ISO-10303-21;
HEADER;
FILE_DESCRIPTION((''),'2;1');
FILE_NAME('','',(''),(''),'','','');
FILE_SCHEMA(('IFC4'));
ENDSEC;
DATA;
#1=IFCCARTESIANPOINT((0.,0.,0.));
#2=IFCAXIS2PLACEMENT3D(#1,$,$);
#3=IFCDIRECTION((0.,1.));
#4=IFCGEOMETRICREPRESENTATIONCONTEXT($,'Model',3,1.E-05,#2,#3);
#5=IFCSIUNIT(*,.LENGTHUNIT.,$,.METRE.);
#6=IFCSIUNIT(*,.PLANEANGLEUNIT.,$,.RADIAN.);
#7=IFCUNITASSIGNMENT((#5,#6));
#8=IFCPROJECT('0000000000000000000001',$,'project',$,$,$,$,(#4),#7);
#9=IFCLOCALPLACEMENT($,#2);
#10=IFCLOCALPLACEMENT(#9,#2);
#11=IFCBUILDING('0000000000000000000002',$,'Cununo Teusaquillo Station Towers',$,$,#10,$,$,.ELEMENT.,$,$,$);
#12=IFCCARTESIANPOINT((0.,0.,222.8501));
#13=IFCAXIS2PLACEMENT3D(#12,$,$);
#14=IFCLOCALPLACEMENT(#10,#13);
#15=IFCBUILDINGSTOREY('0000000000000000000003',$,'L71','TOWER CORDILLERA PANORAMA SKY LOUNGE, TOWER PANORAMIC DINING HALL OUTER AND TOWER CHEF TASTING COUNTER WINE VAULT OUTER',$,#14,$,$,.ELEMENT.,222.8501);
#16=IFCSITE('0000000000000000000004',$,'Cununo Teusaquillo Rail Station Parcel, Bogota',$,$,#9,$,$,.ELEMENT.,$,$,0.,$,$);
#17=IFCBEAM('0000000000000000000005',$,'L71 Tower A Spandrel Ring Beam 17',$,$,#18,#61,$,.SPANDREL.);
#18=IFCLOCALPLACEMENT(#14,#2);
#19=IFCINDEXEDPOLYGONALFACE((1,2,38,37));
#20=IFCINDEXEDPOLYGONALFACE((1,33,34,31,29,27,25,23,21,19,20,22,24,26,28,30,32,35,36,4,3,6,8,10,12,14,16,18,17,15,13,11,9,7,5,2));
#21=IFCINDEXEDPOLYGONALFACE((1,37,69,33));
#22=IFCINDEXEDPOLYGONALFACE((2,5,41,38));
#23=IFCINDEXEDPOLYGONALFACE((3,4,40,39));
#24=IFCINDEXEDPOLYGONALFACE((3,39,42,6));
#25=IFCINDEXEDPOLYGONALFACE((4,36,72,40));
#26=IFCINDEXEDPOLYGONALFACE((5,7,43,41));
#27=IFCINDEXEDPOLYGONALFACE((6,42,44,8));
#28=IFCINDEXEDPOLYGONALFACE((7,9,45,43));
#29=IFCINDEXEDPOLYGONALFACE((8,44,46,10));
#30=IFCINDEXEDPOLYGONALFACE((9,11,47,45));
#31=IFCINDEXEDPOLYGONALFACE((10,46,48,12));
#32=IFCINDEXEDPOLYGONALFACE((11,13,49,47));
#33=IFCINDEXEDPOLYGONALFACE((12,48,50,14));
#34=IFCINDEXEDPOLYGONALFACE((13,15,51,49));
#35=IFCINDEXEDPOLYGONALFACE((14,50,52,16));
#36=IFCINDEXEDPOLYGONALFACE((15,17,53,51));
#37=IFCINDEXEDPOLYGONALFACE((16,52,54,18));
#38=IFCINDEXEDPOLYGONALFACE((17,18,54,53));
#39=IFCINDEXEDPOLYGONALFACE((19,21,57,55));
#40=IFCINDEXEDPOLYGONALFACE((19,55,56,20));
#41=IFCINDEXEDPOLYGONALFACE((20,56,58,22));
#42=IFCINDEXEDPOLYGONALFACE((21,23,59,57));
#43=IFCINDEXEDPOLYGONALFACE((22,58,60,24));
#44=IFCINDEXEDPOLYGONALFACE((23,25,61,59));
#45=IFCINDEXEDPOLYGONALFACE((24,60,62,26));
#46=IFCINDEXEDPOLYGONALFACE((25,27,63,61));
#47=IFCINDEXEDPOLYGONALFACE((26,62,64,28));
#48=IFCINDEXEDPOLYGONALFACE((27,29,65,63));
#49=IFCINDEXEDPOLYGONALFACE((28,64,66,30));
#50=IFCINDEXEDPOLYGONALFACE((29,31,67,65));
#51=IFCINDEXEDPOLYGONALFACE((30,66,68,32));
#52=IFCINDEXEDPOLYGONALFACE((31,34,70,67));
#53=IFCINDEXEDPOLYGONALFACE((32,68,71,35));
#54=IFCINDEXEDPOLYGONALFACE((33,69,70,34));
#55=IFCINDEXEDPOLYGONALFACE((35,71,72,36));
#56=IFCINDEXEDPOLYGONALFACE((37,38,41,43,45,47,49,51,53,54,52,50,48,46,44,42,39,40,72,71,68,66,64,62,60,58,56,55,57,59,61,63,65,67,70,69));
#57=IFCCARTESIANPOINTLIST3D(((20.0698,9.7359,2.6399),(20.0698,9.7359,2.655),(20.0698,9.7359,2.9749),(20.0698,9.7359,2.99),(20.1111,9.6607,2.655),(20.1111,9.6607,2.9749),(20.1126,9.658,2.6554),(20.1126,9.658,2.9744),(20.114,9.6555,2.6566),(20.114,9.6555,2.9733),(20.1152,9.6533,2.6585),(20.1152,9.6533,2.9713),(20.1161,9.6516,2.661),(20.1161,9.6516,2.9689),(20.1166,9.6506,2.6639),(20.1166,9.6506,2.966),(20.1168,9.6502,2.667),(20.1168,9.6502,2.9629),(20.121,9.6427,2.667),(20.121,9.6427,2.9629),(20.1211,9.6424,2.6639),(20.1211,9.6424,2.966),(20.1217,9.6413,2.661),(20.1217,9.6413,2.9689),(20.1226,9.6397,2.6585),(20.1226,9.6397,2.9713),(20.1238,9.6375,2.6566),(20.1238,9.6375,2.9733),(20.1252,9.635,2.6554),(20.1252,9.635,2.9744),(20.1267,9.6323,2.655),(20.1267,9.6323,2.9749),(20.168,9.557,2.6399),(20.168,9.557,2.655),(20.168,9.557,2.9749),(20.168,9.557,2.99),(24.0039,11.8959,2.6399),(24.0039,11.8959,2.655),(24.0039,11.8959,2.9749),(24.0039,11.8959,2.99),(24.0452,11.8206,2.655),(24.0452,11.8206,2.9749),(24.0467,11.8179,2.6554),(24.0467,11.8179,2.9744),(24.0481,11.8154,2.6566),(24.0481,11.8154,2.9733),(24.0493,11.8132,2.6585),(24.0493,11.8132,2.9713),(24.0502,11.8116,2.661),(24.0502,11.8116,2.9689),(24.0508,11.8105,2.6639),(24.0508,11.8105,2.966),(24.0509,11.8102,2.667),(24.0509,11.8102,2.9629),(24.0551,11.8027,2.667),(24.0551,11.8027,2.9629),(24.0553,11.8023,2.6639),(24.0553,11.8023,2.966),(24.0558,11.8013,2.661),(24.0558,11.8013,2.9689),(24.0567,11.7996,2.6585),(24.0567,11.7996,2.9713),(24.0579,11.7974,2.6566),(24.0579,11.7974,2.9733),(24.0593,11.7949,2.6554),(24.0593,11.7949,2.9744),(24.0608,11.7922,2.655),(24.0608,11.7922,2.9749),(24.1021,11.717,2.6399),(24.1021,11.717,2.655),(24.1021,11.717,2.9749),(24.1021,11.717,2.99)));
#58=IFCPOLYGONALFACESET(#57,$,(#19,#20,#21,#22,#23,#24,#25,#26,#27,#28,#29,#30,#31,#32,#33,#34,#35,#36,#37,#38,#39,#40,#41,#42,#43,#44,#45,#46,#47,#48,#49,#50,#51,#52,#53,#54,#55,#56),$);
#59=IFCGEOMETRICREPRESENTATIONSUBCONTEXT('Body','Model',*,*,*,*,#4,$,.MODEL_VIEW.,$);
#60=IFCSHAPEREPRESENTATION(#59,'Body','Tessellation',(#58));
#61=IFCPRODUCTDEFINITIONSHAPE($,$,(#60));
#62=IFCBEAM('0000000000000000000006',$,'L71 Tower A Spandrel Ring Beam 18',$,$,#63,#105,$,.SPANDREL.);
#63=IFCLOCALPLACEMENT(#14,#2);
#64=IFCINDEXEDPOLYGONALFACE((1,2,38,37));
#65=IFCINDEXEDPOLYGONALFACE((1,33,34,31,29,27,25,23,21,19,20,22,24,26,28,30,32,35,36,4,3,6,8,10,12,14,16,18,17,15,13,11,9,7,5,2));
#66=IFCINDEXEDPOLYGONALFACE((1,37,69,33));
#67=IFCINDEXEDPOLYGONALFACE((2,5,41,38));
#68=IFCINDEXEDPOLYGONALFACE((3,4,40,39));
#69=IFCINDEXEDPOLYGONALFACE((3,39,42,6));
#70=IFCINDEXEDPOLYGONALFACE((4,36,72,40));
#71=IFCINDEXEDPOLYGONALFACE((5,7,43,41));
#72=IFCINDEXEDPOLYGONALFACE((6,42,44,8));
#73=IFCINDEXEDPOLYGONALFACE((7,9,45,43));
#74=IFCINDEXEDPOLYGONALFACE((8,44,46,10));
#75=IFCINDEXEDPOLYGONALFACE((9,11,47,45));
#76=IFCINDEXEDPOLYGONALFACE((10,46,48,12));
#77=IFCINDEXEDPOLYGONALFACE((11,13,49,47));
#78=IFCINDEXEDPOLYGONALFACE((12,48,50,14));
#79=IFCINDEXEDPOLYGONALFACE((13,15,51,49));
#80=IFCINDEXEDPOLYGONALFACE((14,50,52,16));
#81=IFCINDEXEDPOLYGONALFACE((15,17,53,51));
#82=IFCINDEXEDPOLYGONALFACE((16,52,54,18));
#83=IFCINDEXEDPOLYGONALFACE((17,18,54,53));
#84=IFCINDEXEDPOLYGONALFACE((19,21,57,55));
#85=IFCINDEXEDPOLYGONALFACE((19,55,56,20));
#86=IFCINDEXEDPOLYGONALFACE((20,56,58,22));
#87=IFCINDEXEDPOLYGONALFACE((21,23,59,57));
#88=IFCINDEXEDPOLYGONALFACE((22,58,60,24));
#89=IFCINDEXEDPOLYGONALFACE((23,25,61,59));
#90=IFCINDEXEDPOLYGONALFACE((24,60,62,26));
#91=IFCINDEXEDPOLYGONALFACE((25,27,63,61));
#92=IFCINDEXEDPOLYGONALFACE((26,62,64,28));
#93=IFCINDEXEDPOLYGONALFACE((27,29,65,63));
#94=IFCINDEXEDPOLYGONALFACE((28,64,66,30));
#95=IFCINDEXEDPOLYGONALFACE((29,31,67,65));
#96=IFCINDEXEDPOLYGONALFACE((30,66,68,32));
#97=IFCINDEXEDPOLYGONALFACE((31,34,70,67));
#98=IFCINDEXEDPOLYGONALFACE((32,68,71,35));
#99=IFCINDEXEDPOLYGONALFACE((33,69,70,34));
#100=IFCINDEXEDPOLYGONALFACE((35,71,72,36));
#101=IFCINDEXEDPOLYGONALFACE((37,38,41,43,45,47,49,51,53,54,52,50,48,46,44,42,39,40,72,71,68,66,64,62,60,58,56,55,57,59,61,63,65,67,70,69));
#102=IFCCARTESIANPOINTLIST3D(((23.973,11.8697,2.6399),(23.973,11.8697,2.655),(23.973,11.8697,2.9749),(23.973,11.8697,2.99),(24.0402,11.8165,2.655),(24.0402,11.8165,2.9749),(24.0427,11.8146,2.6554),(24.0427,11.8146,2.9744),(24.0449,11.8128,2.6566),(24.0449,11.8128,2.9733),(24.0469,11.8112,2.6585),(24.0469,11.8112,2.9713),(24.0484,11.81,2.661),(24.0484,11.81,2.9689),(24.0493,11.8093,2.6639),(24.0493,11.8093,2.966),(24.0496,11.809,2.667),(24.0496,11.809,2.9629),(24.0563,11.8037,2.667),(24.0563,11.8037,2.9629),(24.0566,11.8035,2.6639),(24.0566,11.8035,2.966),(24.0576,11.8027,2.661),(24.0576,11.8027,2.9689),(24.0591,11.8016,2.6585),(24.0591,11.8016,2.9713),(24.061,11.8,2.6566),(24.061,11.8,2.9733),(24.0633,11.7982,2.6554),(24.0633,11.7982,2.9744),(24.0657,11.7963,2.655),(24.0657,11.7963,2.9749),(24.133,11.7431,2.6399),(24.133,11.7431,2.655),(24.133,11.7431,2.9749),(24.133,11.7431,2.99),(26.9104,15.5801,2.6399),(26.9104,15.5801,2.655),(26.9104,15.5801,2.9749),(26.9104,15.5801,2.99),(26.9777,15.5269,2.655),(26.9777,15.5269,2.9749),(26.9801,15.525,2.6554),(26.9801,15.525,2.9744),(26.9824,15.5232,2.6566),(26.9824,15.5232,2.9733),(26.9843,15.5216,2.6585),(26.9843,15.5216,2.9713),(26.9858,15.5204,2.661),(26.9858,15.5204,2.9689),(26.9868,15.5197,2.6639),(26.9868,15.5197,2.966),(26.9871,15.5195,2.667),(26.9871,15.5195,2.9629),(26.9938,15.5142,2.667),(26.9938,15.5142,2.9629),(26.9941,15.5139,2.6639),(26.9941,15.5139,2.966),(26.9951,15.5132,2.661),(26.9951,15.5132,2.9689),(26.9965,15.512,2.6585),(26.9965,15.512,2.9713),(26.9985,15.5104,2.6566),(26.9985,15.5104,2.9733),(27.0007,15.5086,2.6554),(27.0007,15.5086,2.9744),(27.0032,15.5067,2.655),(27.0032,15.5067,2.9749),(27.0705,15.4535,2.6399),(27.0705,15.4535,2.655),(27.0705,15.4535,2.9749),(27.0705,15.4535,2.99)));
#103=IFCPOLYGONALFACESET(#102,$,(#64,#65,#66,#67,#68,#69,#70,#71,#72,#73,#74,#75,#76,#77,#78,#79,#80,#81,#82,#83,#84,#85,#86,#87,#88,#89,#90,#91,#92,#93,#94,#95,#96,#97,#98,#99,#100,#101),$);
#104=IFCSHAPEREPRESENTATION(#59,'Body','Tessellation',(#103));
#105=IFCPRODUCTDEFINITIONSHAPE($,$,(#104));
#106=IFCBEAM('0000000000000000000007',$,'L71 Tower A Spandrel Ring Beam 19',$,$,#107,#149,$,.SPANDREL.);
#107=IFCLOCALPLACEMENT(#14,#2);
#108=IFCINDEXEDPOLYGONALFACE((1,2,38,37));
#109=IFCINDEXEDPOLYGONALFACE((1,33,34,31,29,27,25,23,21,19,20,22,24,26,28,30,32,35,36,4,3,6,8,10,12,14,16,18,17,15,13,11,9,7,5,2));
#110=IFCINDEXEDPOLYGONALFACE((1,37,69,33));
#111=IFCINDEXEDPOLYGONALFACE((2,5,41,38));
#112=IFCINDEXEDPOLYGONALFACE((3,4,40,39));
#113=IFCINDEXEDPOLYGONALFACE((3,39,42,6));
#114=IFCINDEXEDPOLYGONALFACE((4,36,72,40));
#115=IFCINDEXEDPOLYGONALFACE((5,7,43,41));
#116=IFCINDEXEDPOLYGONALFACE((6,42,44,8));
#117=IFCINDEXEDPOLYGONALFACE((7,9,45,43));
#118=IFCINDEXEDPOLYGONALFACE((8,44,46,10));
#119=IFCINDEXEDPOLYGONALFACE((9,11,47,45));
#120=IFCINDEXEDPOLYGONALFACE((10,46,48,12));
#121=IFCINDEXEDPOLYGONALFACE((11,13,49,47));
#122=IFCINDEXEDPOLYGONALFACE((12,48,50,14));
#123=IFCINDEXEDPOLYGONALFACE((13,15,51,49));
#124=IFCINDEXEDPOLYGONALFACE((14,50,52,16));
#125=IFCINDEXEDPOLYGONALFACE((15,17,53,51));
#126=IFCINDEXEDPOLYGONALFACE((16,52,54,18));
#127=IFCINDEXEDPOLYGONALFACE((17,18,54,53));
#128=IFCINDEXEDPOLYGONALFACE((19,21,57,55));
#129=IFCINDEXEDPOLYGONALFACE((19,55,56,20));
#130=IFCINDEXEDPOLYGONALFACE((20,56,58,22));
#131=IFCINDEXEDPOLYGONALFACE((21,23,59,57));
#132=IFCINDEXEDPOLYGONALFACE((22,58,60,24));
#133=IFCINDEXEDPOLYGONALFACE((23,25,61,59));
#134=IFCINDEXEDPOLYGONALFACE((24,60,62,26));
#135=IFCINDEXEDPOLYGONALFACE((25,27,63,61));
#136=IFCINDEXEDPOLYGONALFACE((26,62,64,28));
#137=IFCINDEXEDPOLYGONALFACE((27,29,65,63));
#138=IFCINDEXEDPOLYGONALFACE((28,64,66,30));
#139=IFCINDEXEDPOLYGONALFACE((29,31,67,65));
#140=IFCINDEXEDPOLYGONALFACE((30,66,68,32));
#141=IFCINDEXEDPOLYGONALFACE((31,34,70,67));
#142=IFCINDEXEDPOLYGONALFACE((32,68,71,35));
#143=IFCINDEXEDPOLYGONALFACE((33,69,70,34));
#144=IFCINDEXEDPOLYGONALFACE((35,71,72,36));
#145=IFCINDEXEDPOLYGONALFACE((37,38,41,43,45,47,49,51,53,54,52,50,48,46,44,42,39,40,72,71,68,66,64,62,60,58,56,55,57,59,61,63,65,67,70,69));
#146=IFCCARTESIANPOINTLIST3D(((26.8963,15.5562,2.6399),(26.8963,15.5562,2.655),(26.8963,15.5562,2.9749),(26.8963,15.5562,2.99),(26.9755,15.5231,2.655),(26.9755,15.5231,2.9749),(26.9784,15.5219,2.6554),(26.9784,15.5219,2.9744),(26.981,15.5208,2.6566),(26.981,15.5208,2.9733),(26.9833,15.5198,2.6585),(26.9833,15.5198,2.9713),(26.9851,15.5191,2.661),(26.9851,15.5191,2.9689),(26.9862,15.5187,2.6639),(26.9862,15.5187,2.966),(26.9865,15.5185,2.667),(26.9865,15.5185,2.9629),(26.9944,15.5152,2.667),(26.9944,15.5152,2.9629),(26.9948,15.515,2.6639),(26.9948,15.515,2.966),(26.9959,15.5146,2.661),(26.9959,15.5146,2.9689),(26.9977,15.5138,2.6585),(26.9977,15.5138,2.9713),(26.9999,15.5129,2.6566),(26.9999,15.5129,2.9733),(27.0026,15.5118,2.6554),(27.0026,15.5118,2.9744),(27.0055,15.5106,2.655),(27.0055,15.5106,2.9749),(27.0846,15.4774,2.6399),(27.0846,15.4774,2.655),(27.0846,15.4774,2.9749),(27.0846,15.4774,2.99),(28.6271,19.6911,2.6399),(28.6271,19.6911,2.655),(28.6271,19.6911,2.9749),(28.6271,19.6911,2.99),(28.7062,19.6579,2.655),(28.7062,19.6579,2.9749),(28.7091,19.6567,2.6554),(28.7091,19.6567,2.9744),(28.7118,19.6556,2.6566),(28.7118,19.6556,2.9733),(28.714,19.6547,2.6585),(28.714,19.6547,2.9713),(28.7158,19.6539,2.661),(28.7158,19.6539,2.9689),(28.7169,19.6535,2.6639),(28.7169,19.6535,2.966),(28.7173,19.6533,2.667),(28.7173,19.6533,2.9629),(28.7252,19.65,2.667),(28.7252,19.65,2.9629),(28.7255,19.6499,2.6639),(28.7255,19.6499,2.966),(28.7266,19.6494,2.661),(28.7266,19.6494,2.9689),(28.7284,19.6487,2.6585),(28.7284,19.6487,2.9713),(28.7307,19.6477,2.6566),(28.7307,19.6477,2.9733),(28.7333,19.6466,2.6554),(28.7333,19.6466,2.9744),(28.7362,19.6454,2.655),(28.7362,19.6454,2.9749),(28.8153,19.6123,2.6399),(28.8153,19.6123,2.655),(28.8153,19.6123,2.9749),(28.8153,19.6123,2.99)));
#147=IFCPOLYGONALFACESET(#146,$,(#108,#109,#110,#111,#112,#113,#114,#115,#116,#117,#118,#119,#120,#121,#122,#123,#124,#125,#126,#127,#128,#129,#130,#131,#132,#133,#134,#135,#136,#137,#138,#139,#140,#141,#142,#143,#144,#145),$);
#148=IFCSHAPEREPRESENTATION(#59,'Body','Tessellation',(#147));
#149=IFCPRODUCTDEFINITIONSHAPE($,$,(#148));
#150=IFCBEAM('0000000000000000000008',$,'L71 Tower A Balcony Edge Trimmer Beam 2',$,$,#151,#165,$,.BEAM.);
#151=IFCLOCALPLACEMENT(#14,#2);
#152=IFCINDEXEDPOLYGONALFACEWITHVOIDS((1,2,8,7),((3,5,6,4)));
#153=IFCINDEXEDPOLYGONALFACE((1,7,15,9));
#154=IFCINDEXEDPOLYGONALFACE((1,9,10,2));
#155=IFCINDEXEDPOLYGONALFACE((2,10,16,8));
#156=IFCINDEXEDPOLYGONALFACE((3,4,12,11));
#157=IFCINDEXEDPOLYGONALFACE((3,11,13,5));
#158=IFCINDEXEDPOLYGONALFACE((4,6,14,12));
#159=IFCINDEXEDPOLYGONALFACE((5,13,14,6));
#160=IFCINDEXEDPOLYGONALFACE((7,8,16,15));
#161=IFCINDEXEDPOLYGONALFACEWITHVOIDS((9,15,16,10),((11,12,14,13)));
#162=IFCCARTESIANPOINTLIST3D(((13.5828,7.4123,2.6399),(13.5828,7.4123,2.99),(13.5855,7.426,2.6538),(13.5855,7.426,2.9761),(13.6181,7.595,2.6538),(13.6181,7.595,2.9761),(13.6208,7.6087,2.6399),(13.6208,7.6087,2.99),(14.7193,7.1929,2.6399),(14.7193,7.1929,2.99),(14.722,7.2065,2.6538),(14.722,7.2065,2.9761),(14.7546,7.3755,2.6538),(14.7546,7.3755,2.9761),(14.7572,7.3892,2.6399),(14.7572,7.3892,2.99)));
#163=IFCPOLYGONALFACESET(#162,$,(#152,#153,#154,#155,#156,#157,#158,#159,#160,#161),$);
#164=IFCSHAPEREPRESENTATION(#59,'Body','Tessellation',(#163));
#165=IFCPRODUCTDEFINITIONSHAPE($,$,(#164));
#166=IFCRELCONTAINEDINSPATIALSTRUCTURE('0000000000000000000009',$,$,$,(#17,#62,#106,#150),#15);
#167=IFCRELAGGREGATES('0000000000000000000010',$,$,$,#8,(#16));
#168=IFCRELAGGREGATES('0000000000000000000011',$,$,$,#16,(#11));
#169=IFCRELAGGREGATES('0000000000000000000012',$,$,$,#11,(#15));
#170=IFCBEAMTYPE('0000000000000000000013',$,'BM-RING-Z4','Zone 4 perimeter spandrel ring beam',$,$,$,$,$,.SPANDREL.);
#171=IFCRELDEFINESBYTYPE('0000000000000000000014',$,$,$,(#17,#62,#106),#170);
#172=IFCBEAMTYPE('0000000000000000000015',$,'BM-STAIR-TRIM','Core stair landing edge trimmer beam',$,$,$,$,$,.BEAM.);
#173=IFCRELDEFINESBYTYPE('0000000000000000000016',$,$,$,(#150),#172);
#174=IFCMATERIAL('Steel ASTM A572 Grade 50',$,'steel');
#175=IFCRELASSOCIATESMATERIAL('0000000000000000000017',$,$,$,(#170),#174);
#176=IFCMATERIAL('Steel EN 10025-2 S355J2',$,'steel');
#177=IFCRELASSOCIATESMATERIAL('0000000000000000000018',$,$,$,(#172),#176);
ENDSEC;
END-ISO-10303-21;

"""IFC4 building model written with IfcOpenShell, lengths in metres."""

from ifc_helpers import new_model, si_unit, direction, frame, origin, origin_2d, place, context, subcontext, project, spatial, hollow_rectangle, i_section, extrude, material, material_profile, profile_set, type_object, element, save


model = new_model("IFC4")

# Units and contexts
model_context = context("Model", 3, precision=1e-05, world=origin(), true_north=direction((0.0, 1.0)))
body_context = subcontext(model_context, "Body", "Model", "MODEL_VIEW")
ifc_project = project(units=[si_unit("LENGTHUNIT", "METRE"), si_unit("PLANEANGLEUNIT", "RADIAN")], contexts=[model_context])

# Site, building, storey
site_placement = place(None, origin())
site = spatial("IfcSite", under=ifc_project, at=site_placement, Name="Cununo Teusaquillo Rail Station Parcel, Bogota", CompositionType="ELEMENT", RefElevation=0.0)
building_placement = place(site_placement, origin())
building = spatial("IfcBuilding", under=site, at=building_placement, Name="Cununo Teusaquillo Station Towers", CompositionType="ELEMENT")
storey_placement = place(building_placement, frame((0.0, 0.0, 222.8501)))
storey = spatial("IfcBuildingStorey", under=building, at=storey_placement, Name="L71", Description="TOWER CORDILLERA PANORAMA SKY LOUNGE, TOWER PANORAMIC DINING HALL OUTER AND TOWER CHEF TASTING COUNTER WINE VAULT OUTER", CompositionType="ELEMENT", Elevation=222.8501)

# Beams
ifc_material_1 = material(Name="Steel ASTM A572 Grade 50", Category="steel")
ifc_material_profile_1 = material_profile(ifc_material_1, i_section(OverallWidth=0.2041, OverallDepth=0.3501, WebThickness=0.0085, FlangeThickness=0.0151, FilletRadius=0.012, at=origin_2d()), Name="W14X48")
ifc_profile_set_1 = profile_set([ifc_material_profile_1], Name="Steel ASTM A572 Grade 50")
beam_type_1 = type_object("IfcBeamType", Name="BM-RING-Z4", Description="Zone 4 perimeter spandrel ring beam", PredefinedType="SPANDREL", material=ifc_profile_set_1)
beam_1_placement = place(storey_placement, frame((20.1189, 9.6465, 2.8149), z_axis=(0.876576, 0.481263, 0.0), x_axis=(-0.481263, 0.876576, 0.0)))
element("IfcBeam", 1, at=beam_1_placement, inside=storey, type_object=beam_type_1, Name="L71 Tower A Spandrel Ring Beam 17", PredefinedType="SPANDREL", context=body_context, shape_type="SweptSolid", body=[
    extrude(i_section(OverallWidth=0.2041, OverallDepth=0.3501, WebThickness=0.0085, FlangeThickness=0.0151, FilletRadius=0.012, at=origin_2d()), origin(), (0.0, 0.0, 1.0), 4.488),
])
beam_2_placement = place(storey_placement, frame((24.053, 11.8064, 2.8149), z_axis=(0.620711, 0.78404, 0.0), x_axis=(-0.78404, 0.620711, 0.0)))
element("IfcBeam", 2, at=beam_2_placement, inside=storey, type_object=beam_type_1, Name="L71 Tower A Spandrel Ring Beam 18", PredefinedType="SPANDREL", context=body_context, shape_type="SweptSolid", body=[
    extrude(i_section(OverallWidth=0.2041, OverallDepth=0.3501, WebThickness=0.0085, FlangeThickness=0.0151, FilletRadius=0.012, at=origin_2d()), origin(), (0.0, 0.0, 1.0), 4.7324),
])
beam_3_placement = place(storey_placement, frame((26.9905, 15.5168, 2.8149), z_axis=(0.386115, 0.92245, 0.0), x_axis=(-0.92245, 0.386115, 0.0)))
element("IfcBeam", 3, at=beam_3_placement, inside=storey, type_object=beam_type_1, Name="L71 Tower A Spandrel Ring Beam 19", PredefinedType="SPANDREL", context=body_context, shape_type="SweptSolid", body=[
    extrude(i_section(OverallWidth=0.2041, OverallDepth=0.3501, WebThickness=0.0085, FlangeThickness=0.0151, FilletRadius=0.012, at=origin_2d()), origin(), (0.0, 0.0, 1.0), 4.4824),
])
ifc_material_2 = material(Name="Steel EN 10025-2 S355J2", Category="steel")
ifc_material_profile_2 = material_profile(ifc_material_2, hollow_rectangle(XDim=0.2, YDim=0.3501, WallThickness=0.0139, at=origin_2d()), Name="RHS 350x200x14")
ifc_profile_set_2 = profile_set([ifc_material_profile_2], Name="Steel EN 10025-2 S355J2")
beam_type_2 = type_object("IfcBeamType", Name="BM-STAIR-TRIM", Description="Core stair landing edge trimmer beam", PredefinedType="BEAM", material=ifc_profile_set_2)
beam_4_placement = place(storey_placement, frame((13.6018, 7.5105, 2.8149), z_axis=(0.981857, -0.189622, 0.0), x_axis=(0.189622, 0.981857, 0.0)))
element("IfcBeam", 4, at=beam_4_placement, inside=storey, type_object=beam_type_2, Name="L71 Tower A Balcony Edge Trimmer Beam 2", PredefinedType="BEAM", context=body_context, shape_type="SweptSolid", body=[
    extrude(hollow_rectangle(XDim=0.2, YDim=0.3501, WallThickness=0.0139, at=origin_2d()), origin(), (0.0, 0.0, 1.0), 1.1575),
])

save(model, "model.ifc")
